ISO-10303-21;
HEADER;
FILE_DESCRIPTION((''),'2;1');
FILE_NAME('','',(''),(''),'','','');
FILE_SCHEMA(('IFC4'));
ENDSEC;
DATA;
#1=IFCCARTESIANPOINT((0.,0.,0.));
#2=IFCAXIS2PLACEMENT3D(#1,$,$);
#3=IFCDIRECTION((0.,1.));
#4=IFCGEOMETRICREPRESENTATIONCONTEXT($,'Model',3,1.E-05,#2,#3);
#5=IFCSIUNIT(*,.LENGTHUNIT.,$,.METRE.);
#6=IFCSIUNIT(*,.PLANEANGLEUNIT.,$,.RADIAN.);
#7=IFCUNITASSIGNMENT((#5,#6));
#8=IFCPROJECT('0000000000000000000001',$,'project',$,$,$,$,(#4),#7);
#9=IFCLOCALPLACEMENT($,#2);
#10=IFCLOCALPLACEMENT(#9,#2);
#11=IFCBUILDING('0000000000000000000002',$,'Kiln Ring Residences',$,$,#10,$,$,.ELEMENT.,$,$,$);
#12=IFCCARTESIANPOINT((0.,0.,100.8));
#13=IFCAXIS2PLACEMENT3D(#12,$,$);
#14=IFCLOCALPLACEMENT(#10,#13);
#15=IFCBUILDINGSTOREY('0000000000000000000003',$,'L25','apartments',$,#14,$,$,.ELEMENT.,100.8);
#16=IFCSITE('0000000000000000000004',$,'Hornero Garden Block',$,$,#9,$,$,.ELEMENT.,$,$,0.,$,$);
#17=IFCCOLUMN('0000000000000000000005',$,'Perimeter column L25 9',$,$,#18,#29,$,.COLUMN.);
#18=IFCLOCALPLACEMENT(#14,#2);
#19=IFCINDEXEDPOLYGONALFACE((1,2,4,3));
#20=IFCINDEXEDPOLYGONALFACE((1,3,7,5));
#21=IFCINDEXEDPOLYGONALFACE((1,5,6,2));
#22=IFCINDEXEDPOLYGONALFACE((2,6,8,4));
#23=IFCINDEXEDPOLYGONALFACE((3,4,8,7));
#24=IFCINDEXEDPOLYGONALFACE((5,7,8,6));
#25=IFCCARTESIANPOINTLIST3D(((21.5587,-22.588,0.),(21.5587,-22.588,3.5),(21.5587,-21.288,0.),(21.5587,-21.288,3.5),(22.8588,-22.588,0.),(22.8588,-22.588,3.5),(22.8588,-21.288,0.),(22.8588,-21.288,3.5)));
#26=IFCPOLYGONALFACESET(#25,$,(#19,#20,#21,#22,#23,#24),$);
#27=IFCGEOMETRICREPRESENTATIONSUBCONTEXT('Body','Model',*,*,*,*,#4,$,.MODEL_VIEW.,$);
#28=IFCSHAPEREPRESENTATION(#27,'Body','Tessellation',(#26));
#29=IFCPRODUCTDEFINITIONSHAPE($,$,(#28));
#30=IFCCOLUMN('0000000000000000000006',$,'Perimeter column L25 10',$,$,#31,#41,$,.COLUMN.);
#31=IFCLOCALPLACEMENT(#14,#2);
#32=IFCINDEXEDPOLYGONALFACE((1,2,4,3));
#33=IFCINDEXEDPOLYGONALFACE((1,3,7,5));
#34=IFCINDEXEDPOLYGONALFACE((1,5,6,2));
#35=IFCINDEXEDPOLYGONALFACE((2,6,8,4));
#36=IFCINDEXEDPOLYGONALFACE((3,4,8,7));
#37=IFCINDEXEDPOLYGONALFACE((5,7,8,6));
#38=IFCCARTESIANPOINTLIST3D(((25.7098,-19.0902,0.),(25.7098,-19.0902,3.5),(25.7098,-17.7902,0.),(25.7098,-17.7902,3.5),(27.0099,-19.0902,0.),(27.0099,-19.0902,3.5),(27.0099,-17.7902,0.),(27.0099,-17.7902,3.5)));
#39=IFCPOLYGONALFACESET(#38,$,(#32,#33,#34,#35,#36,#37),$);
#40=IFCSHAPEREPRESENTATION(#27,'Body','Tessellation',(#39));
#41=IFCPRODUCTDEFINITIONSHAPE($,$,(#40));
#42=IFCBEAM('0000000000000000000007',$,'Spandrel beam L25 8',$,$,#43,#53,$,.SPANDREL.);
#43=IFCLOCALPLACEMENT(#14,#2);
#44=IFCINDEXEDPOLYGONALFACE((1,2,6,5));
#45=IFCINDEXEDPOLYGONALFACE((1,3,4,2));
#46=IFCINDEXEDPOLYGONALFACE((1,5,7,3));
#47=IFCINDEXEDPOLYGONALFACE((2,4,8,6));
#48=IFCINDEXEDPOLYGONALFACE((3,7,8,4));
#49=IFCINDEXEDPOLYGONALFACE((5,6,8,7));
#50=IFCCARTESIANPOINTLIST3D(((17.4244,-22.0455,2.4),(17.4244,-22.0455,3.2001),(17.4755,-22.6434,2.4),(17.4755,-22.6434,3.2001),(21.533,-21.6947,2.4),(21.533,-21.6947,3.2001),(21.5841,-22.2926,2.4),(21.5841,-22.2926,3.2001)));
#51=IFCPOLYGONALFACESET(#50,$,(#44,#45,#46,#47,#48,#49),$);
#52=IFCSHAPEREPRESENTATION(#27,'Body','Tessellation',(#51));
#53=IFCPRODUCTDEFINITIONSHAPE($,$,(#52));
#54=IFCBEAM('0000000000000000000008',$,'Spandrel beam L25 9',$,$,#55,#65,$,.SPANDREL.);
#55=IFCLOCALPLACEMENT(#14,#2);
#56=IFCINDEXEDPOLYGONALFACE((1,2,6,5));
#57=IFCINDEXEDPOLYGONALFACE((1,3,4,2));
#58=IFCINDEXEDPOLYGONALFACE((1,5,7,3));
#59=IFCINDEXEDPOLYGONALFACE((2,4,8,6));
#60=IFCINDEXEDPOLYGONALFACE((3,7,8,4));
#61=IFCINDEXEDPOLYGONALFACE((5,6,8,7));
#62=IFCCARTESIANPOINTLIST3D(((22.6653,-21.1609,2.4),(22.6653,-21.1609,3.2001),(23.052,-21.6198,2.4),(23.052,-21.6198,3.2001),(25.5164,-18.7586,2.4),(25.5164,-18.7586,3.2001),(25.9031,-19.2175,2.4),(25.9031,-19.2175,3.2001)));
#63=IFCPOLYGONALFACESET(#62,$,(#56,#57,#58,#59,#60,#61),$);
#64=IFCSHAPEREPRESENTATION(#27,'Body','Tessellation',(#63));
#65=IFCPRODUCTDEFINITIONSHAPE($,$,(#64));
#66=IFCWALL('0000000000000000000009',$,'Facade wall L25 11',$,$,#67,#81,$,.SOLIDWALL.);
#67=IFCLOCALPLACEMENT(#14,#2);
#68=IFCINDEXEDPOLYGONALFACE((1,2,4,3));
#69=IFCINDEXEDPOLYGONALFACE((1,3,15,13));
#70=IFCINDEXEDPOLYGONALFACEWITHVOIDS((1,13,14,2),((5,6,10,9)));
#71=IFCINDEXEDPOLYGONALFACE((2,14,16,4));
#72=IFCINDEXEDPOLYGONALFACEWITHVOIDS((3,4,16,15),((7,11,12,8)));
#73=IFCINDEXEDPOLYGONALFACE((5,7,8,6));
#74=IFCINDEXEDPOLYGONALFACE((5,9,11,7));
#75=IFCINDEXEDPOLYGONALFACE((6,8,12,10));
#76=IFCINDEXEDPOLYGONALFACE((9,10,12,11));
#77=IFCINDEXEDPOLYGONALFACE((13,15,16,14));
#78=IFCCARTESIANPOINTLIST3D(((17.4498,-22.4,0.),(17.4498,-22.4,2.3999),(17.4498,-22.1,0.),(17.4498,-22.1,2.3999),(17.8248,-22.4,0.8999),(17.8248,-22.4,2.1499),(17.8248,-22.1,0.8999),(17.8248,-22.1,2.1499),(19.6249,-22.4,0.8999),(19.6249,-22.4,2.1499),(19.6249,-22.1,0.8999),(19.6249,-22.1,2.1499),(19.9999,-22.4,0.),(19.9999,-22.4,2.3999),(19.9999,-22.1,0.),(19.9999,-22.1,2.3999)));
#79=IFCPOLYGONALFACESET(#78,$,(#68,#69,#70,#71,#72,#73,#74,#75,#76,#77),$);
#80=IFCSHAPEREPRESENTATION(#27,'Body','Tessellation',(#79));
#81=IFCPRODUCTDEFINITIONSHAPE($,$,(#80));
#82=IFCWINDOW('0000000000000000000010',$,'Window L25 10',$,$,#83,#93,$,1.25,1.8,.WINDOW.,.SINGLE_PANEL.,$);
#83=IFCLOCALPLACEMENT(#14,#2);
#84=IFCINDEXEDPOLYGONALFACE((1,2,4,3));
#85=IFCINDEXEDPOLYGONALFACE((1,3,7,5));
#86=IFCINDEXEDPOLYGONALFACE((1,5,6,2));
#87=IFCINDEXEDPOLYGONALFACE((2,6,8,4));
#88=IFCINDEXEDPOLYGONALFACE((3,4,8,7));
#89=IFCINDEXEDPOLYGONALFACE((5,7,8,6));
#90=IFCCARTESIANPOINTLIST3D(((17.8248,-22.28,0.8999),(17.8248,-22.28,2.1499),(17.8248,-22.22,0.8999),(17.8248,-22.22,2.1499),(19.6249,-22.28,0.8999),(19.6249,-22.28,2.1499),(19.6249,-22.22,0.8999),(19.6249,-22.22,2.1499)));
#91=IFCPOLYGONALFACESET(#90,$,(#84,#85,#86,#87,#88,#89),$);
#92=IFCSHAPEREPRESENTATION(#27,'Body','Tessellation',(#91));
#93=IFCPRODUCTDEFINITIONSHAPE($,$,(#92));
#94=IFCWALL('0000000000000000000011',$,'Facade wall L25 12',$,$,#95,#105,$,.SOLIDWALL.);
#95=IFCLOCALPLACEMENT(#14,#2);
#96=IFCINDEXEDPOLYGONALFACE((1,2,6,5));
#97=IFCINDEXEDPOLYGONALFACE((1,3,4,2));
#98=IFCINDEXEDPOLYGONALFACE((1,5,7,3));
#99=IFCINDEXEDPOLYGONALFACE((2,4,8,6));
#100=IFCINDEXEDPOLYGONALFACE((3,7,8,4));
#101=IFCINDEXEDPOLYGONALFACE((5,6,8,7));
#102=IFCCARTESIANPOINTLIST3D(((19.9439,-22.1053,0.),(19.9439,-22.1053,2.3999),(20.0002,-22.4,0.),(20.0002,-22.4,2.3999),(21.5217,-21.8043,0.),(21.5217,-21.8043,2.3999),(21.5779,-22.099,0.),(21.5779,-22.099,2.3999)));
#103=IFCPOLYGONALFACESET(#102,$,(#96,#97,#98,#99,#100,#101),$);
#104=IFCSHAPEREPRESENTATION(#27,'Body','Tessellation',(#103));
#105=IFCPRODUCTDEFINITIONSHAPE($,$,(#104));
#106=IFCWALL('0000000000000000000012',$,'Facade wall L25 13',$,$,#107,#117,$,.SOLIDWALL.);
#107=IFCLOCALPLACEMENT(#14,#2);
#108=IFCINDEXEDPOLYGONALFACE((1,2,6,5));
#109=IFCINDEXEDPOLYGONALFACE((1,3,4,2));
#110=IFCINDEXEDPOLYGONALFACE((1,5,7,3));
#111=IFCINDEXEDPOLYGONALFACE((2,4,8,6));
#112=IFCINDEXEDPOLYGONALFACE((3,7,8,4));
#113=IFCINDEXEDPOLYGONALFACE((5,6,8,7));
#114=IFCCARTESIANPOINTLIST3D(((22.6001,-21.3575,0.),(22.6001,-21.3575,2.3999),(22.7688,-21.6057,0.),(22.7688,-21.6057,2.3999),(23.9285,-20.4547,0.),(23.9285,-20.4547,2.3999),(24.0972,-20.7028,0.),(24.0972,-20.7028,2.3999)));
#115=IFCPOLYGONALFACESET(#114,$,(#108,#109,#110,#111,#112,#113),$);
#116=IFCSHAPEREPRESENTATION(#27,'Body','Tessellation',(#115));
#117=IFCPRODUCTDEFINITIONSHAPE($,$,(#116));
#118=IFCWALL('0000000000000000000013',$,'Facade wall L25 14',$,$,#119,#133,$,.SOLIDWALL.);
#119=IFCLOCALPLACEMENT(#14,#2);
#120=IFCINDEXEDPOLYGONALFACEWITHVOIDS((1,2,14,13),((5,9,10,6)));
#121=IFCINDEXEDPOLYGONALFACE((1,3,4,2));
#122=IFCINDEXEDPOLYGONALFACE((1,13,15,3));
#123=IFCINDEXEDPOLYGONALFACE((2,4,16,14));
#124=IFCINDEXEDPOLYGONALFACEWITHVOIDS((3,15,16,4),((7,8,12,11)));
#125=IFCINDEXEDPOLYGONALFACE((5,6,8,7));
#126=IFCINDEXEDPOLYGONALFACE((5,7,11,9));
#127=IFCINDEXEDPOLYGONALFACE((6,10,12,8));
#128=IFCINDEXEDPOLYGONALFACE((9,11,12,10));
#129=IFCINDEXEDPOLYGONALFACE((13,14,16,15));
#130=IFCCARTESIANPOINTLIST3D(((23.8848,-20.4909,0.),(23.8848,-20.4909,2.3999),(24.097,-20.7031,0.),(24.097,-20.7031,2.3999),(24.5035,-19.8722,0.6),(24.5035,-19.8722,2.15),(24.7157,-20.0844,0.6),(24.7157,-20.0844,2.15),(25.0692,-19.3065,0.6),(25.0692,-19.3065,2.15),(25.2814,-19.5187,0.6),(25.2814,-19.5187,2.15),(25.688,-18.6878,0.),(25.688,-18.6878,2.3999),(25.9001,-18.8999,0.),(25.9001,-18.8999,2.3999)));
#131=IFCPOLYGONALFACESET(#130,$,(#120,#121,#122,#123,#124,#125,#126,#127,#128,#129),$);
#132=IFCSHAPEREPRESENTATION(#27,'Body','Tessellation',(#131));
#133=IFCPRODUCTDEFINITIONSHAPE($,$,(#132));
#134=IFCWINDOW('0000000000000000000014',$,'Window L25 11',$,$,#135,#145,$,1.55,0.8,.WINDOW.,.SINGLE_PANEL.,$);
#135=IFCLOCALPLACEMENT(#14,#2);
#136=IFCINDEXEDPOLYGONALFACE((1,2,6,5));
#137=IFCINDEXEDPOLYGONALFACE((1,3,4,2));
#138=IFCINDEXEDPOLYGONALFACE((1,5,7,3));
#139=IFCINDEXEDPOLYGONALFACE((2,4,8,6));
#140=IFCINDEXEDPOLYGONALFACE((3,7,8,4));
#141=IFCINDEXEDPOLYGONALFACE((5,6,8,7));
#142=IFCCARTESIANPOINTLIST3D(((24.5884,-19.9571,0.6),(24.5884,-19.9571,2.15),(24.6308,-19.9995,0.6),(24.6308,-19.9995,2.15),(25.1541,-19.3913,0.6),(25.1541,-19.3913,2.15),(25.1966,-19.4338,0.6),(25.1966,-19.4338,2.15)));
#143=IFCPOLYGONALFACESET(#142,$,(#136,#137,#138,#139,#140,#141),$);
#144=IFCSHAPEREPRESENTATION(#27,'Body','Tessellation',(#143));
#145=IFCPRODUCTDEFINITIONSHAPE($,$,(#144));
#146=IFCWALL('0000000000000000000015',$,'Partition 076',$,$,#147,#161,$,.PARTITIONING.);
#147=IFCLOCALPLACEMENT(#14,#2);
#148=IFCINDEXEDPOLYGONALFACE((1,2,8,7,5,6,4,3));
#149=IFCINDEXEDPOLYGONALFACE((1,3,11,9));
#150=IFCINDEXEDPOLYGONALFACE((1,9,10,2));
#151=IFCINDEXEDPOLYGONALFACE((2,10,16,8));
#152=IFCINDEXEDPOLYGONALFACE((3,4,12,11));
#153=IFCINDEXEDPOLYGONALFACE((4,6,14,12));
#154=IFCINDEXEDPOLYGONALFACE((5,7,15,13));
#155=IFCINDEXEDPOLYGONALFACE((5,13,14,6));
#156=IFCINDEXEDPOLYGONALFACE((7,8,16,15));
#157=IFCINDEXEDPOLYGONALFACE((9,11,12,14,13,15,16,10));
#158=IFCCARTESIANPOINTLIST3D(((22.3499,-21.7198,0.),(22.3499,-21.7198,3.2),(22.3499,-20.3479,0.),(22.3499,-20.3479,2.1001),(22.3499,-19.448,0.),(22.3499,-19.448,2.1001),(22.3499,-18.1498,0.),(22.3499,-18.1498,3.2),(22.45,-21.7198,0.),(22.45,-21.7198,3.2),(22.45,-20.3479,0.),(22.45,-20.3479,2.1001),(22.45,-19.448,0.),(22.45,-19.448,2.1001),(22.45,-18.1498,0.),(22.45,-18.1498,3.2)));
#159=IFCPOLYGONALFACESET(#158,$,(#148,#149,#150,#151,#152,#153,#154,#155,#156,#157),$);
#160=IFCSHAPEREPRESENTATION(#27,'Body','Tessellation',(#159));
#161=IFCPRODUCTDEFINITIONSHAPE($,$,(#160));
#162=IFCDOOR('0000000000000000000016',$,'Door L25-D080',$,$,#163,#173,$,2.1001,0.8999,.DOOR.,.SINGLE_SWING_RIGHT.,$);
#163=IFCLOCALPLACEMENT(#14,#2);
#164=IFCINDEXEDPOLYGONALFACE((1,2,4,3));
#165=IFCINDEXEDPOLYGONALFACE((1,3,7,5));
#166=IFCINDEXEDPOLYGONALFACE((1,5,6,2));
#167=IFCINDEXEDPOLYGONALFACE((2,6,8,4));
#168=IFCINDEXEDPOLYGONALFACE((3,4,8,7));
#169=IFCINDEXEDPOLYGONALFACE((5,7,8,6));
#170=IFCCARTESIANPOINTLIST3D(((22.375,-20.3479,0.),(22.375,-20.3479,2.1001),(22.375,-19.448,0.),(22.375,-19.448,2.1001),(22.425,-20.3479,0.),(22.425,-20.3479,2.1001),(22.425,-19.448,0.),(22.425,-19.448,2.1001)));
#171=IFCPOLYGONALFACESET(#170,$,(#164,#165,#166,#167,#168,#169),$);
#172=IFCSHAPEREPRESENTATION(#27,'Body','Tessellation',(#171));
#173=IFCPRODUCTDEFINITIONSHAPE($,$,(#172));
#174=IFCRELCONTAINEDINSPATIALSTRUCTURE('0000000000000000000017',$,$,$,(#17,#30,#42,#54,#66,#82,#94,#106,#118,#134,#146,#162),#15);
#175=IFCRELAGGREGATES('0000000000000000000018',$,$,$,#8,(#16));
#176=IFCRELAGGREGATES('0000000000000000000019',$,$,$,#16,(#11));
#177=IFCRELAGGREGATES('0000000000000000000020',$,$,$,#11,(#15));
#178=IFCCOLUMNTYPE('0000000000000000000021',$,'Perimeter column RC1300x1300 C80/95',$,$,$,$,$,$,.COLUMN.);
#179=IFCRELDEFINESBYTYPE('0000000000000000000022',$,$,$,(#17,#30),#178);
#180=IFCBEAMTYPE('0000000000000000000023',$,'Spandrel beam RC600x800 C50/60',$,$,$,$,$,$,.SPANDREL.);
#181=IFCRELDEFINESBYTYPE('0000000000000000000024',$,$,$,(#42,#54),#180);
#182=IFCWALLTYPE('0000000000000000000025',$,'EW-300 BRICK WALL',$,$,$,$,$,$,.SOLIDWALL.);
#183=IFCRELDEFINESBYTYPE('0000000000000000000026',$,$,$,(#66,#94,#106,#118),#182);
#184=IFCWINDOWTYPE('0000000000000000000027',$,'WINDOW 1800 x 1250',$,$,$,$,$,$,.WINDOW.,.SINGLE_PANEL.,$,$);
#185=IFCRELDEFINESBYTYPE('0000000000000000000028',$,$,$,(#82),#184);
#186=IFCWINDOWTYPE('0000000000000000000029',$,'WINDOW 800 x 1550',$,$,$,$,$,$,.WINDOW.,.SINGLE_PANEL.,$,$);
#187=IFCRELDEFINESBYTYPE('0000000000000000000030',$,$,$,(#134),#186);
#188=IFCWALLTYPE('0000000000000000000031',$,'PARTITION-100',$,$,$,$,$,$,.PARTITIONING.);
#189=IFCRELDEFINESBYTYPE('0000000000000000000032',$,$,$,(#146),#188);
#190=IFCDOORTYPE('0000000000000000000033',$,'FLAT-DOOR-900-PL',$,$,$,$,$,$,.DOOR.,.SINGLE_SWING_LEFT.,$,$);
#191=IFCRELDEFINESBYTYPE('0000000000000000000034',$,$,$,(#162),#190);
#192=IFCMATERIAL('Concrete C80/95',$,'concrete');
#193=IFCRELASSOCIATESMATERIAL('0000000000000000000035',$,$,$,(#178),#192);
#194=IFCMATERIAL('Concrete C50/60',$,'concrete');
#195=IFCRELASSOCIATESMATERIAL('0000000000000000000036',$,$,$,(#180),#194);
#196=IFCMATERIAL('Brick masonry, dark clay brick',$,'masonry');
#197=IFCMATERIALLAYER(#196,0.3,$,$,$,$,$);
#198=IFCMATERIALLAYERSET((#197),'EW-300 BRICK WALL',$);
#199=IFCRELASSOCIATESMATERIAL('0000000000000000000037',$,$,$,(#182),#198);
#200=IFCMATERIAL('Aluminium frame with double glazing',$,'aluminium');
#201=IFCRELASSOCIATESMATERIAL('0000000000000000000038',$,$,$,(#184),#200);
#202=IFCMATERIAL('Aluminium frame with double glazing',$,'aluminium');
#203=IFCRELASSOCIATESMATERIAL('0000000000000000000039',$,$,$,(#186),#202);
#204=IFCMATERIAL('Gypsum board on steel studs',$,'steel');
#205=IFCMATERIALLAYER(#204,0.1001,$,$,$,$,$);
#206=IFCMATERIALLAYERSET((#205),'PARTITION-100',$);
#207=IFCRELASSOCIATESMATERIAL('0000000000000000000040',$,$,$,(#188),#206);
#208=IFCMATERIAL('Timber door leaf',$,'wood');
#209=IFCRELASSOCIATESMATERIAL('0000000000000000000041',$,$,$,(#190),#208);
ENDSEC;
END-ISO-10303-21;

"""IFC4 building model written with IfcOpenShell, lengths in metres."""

from ifc_helpers import new_model, si_unit, direction, frame, frame_2d, origin, origin_2d, place, context, subcontext, project, spatial, rectangle, extrude, material, layer, layer_set, material_profile, profile_set, type_object, element, fill, save


model = new_model("IFC4")

# Units and contexts
model_context = context("Model", 3, precision=1e-05, world=origin(), true_north=direction((0.0, 1.0)))
body_context = subcontext(model_context, "Body", "Model", "MODEL_VIEW")
ifc_project = project(units=[si_unit("LENGTHUNIT", "METRE"), si_unit("PLANEANGLEUNIT", "RADIAN")], contexts=[model_context])

# Site, building, storey
site_placement = place(None, origin())
site = spatial("IfcSite", under=ifc_project, at=site_placement, Name="Hornero Garden Block", CompositionType="ELEMENT", RefElevation=0.0)
building_placement = place(site_placement, origin())
building = spatial("IfcBuilding", under=site, at=building_placement, Name="Kiln Ring Residences", CompositionType="ELEMENT")
storey_placement = place(building_placement, frame((0.0, 0.0, 100.8)))
storey = spatial("IfcBuildingStorey", under=building, at=storey_placement, Name="L25", Description="apartments", CompositionType="ELEMENT", Elevation=100.8)

# Columns
ifc_material_1 = material(Name="Concrete C80/95", Category="concrete")
ifc_material_profile_1 = material_profile(ifc_material_1, rectangle(XDim=1.3, YDim=1.3, at=origin_2d()), Name="RC1300x1300")
ifc_profile_set_1 = profile_set([ifc_material_profile_1], Name="Concrete C80/95")
column_type = type_object("IfcColumnType", Name="Perimeter column RC1300x1300 C80/95", PredefinedType="COLUMN", material=ifc_profile_set_1)
for number, where, z_axis, x_axis, name in (
    (1, (22.2087, -21.938, 0.0), (0.0, 0.0, 1.0), (1.0, 0.0, 0.0), "Perimeter column L25 9"),
    (2, (26.3599, -18.4402, 0.0), (0.0, 0.0, 1.0), (1.0, 0.0, 0.0), "Perimeter column L25 10"),
):
    element("IfcColumn", number, at=place(storey_placement, frame(where, z_axis=z_axis, x_axis=x_axis)), inside=storey, type_object=column_type, Name=name, PredefinedType="COLUMN", context=body_context, shape_type="SweptSolid", body=[
        extrude(rectangle(XDim=1.3, YDim=1.3, at=origin_2d()), origin(), (0.0, 0.0, 1.0), 3.5),
    ])

# Beams
ifc_material_2 = material(Name="Concrete C50/60", Category="concrete")
ifc_material_profile_2 = material_profile(ifc_material_2, rectangle(XDim=0.6001, YDim=0.8, at=origin_2d()), Name="RC600x800")
ifc_profile_set_2 = profile_set([ifc_material_profile_2], Name="Concrete C50/60")
beam_type = type_object("IfcBeamType", Name="Spandrel beam RC600x800 C50/60", PredefinedType="SPANDREL", material=ifc_profile_set_2)
beam_1_placement = place(storey_placement, frame((17.45, -22.3445, 2.8), z_axis=(0.996374, 0.085079, 0.0), x_axis=(-0.085079, 0.996374, 0.0)))
element("IfcBeam", 3, at=beam_1_placement, inside=storey, type_object=beam_type, Name="Spandrel beam L25 8", PredefinedType="SPANDREL", context=body_context, shape_type="SweptSolid", body=[
    extrude(rectangle(XDim=0.6001, YDim=0.8, at=origin_2d()), origin(), (0.0, 0.0, 1.0), 4.1235),
])
beam_2_placement = place(storey_placement, frame((22.8586, -21.3904, 2.8), z_axis=(0.764721, 0.644362, 0.0), x_axis=(-0.644362, 0.764721, 0.0)))
element("IfcBeam", 4, at=beam_2_placement, inside=storey, type_object=beam_type, Name="Spandrel beam L25 9", PredefinedType="SPANDREL", context=body_context, shape_type="SweptSolid", body=[
    extrude(rectangle(XDim=0.6001, YDim=0.8, at=origin_2d()), origin(), (0.0, 0.0, 1.0), 3.7283),
])

# Wall, opening, window
ifc_material_3 = material(Name="Brick masonry, dark clay brick", Category="masonry")
ifc_layer_1 = layer(ifc_material_3, 0.3)
ifc_layer_set_1 = layer_set([ifc_layer_1], Name="EW-300 BRICK WALL")
wall_type_1 = type_object("IfcWallType", Name="EW-300 BRICK WALL", PredefinedType="SOLIDWALL", material=ifc_layer_set_1)
wall_1_placement = place(storey_placement, frame((17.45, -22.25, 0.0), z_axis=(0.0, 0.0, 1.0), x_axis=(1.0, 0.0, 0.0)))
wall_1 = element("IfcWall", 5, at=wall_1_placement, inside=storey, type_object=wall_type_1, Name="Facade wall L25 11", PredefinedType="SOLIDWALL", context=body_context, shape_type="SweptSolid", body=[
    extrude(rectangle(XDim=2.55, YDim=0.3, at=frame_2d((1.2749, 0.0))), origin(), (0.0, 0.0, 1.0), 2.3999),
])
opening_1_placement = place(wall_1_placement, frame((0.375, 0.0, 0.8999)))
opening_1 = element("IfcOpeningElement", 6, at=opening_1_placement, cuts=wall_1, PredefinedType="OPENING", context=body_context, shape_type="SweptSolid", body=[
    extrude(rectangle(XDim=1.8, YDim=1.25, at=frame_2d((0.8999, 0.625))), frame((0.0, 0.1599, 0.0), z_axis=(0.0, -1.0, 0.0), x_axis=(1.0, 0.0, 0.0)), (0.0, 0.0, 1.0), 0.3201),
])
ifc_material_4 = material(Name="Aluminium frame with double glazing", Category="aluminium")
window_type_1 = type_object("IfcWindowType", Name="WINDOW 1800 x 1250", PartitioningType="SINGLE_PANEL", PredefinedType="WINDOW", material=ifc_material_4)
window_1_placement = place(opening_1_placement, origin())
window_1 = element("IfcWindow", 7, at=window_1_placement, inside=storey, type_object=window_type_1, Name="Window L25 10", OverallHeight=1.25, OverallWidth=1.8, PartitioningType="SINGLE_PANEL", PredefinedType="WINDOW", context=body_context, shape_type="SweptSolid", body=[
    extrude(rectangle(XDim=1.8, YDim=1.25, at=frame_2d((0.8999, 0.625))), frame((0.0, 0.03, 0.0), z_axis=(0.0, -1.0, 0.0), x_axis=(1.0, 0.0, 0.0)), (0.0, 0.0, 1.0), 0.0601),
])
fill(opening_1, window_1)

# Walls
for number, where, z_axis, x_axis, name in (
    (8, (19.9719, -22.2527, 0.0), (0.0, 0.0, 1.0), (0.982279, 0.187426, 0.0), "Facade wall L25 12"),
    (9, (22.6843, -21.4817, 0.0), (0.0, 0.0, 1.0), (0.827059, 0.562115, 0.0), "Facade wall L25 13"),
):
    element("IfcWall", number, at=place(storey_placement, frame(where, z_axis=z_axis, x_axis=x_axis)), inside=storey, type_object=wall_type_1, Name=name, PredefinedType="SOLIDWALL", context=body_context, shape_type="SweptSolid", body=[
        extrude(rectangle(XDim=1.6062, YDim=0.3, at=frame_2d((0.8032, 0.0))), origin(), (0.0, 0.0, 1.0), 2.3999),
    ])

# Wall, opening, window
wall_2_placement = place(storey_placement, frame((23.991, -20.5969, 0.0), z_axis=(0.0, 0.0, 1.0), x_axis=(0.707107, 0.707107, 0.0)))
wall_2 = element("IfcWall", 10, at=wall_2_placement, inside=storey, type_object=wall_type_1, Name="Facade wall L25 14", PredefinedType="SOLIDWALL", context=body_context, shape_type="SweptSolid", body=[
    extrude(rectangle(XDim=2.55, YDim=0.3, at=frame_2d((1.2749, 0.0))), origin(), (0.0, 0.0, 1.0), 2.3999),
])
opening_2_placement = place(wall_2_placement, frame((0.875, 0.0, 0.6001)))
opening_2 = element("IfcOpeningElement", 11, at=opening_2_placement, cuts=wall_2, PredefinedType="OPENING", context=body_context, shape_type="SweptSolid", body=[
    extrude(rectangle(XDim=0.8, YDim=1.55, at=frame_2d((0.3999, 0.7749))), frame((0.0, 0.1599, 0.0), z_axis=(0.0, -1.0, 0.0), x_axis=(1.0, 0.0, 0.0)), (0.0, 0.0, 1.0), 0.3201),
])
ifc_material_5 = material(Name="Aluminium frame with double glazing", Category="aluminium")
window_type_2 = type_object("IfcWindowType", Name="WINDOW 800 x 1550", PartitioningType="SINGLE_PANEL", PredefinedType="WINDOW", material=ifc_material_5)
window_2_placement = place(opening_2_placement, origin())
window_2 = element("IfcWindow", 12, at=window_2_placement, inside=storey, type_object=window_type_2, Name="Window L25 11", OverallHeight=1.55, OverallWidth=0.8, PartitioningType="SINGLE_PANEL", PredefinedType="WINDOW", context=body_context, shape_type="SweptSolid", body=[
    extrude(rectangle(XDim=0.8, YDim=1.55, at=frame_2d((0.3999, 0.7749))), frame((0.0, 0.03, 0.0), z_axis=(0.0, -1.0, 0.0), x_axis=(1.0, 0.0, 0.0)), (0.0, 0.0, 1.0), 0.0601),
])
fill(opening_2, window_2)

# Wall, opening, door
ifc_material_6 = material(Name="Gypsum board on steel studs", Category="steel")
ifc_layer_2 = layer(ifc_material_6, 0.1001)
ifc_layer_set_2 = layer_set([ifc_layer_2], Name="PARTITION-100")
wall_type_2 = type_object("IfcWallType", Name="PARTITION-100", PredefinedType="PARTITIONING", material=ifc_layer_set_2)
wall_3_placement = place(storey_placement, frame((22.3999, -21.72, 0.0), z_axis=(0.0, 0.0, 1.0), x_axis=(0.0, 1.0, 0.0)))
wall_3 = element("IfcWall", 13, at=wall_3_placement, inside=storey, type_object=wall_type_2, Name="Partition 076", PredefinedType="PARTITIONING", context=body_context, shape_type="SweptSolid", body=[
    extrude(rectangle(XDim=3.5701, YDim=0.1001, at=frame_2d((1.7852, 0.0))), origin(), (0.0, 0.0, 1.0), 3.2),
])
opening_3_placement = place(wall_3_placement, frame((1.3721, 0.0, 0.0)))
opening_3 = element("IfcOpeningElement", 14, at=opening_3_placement, cuts=wall_3, PredefinedType="OPENING", context=body_context, shape_type="SweptSolid", body=[
    extrude(rectangle(XDim=0.8999, YDim=2.1001, at=frame_2d((0.45, 1.05))), frame((0.0, 0.0601, 0.0), z_axis=(0.0, -1.0, 0.0), x_axis=(1.0, 0.0, 0.0)), (0.0, 0.0, 1.0), 0.1201),
])
ifc_material_7 = material(Name="Timber door leaf", Category="wood")
door_type = type_object("IfcDoorType", Name="FLAT-DOOR-900-PL", OperationType="SINGLE_SWING_LEFT", PredefinedType="DOOR", material=ifc_material_7)
door_placement = place(opening_3_placement, origin())
door = element("IfcDoor", 15, at=door_placement, inside=storey, type_object=door_type, Name="Door L25-D080", OperationType="SINGLE_SWING_RIGHT", OverallHeight=2.1001, OverallWidth=0.8999, PredefinedType="DOOR", context=body_context, shape_type="SweptSolid", body=[
    extrude(rectangle(XDim=0.8999, YDim=2.1001, at=frame_2d((0.45, 1.05))), frame((0.0, 0.0249, 0.0), z_axis=(0.0, -1.0, 0.0), x_axis=(1.0, 0.0, 0.0)), (0.0, 0.0, 1.0), 0.05),
])
fill(opening_3, door)

save(model, "model.ifc")
